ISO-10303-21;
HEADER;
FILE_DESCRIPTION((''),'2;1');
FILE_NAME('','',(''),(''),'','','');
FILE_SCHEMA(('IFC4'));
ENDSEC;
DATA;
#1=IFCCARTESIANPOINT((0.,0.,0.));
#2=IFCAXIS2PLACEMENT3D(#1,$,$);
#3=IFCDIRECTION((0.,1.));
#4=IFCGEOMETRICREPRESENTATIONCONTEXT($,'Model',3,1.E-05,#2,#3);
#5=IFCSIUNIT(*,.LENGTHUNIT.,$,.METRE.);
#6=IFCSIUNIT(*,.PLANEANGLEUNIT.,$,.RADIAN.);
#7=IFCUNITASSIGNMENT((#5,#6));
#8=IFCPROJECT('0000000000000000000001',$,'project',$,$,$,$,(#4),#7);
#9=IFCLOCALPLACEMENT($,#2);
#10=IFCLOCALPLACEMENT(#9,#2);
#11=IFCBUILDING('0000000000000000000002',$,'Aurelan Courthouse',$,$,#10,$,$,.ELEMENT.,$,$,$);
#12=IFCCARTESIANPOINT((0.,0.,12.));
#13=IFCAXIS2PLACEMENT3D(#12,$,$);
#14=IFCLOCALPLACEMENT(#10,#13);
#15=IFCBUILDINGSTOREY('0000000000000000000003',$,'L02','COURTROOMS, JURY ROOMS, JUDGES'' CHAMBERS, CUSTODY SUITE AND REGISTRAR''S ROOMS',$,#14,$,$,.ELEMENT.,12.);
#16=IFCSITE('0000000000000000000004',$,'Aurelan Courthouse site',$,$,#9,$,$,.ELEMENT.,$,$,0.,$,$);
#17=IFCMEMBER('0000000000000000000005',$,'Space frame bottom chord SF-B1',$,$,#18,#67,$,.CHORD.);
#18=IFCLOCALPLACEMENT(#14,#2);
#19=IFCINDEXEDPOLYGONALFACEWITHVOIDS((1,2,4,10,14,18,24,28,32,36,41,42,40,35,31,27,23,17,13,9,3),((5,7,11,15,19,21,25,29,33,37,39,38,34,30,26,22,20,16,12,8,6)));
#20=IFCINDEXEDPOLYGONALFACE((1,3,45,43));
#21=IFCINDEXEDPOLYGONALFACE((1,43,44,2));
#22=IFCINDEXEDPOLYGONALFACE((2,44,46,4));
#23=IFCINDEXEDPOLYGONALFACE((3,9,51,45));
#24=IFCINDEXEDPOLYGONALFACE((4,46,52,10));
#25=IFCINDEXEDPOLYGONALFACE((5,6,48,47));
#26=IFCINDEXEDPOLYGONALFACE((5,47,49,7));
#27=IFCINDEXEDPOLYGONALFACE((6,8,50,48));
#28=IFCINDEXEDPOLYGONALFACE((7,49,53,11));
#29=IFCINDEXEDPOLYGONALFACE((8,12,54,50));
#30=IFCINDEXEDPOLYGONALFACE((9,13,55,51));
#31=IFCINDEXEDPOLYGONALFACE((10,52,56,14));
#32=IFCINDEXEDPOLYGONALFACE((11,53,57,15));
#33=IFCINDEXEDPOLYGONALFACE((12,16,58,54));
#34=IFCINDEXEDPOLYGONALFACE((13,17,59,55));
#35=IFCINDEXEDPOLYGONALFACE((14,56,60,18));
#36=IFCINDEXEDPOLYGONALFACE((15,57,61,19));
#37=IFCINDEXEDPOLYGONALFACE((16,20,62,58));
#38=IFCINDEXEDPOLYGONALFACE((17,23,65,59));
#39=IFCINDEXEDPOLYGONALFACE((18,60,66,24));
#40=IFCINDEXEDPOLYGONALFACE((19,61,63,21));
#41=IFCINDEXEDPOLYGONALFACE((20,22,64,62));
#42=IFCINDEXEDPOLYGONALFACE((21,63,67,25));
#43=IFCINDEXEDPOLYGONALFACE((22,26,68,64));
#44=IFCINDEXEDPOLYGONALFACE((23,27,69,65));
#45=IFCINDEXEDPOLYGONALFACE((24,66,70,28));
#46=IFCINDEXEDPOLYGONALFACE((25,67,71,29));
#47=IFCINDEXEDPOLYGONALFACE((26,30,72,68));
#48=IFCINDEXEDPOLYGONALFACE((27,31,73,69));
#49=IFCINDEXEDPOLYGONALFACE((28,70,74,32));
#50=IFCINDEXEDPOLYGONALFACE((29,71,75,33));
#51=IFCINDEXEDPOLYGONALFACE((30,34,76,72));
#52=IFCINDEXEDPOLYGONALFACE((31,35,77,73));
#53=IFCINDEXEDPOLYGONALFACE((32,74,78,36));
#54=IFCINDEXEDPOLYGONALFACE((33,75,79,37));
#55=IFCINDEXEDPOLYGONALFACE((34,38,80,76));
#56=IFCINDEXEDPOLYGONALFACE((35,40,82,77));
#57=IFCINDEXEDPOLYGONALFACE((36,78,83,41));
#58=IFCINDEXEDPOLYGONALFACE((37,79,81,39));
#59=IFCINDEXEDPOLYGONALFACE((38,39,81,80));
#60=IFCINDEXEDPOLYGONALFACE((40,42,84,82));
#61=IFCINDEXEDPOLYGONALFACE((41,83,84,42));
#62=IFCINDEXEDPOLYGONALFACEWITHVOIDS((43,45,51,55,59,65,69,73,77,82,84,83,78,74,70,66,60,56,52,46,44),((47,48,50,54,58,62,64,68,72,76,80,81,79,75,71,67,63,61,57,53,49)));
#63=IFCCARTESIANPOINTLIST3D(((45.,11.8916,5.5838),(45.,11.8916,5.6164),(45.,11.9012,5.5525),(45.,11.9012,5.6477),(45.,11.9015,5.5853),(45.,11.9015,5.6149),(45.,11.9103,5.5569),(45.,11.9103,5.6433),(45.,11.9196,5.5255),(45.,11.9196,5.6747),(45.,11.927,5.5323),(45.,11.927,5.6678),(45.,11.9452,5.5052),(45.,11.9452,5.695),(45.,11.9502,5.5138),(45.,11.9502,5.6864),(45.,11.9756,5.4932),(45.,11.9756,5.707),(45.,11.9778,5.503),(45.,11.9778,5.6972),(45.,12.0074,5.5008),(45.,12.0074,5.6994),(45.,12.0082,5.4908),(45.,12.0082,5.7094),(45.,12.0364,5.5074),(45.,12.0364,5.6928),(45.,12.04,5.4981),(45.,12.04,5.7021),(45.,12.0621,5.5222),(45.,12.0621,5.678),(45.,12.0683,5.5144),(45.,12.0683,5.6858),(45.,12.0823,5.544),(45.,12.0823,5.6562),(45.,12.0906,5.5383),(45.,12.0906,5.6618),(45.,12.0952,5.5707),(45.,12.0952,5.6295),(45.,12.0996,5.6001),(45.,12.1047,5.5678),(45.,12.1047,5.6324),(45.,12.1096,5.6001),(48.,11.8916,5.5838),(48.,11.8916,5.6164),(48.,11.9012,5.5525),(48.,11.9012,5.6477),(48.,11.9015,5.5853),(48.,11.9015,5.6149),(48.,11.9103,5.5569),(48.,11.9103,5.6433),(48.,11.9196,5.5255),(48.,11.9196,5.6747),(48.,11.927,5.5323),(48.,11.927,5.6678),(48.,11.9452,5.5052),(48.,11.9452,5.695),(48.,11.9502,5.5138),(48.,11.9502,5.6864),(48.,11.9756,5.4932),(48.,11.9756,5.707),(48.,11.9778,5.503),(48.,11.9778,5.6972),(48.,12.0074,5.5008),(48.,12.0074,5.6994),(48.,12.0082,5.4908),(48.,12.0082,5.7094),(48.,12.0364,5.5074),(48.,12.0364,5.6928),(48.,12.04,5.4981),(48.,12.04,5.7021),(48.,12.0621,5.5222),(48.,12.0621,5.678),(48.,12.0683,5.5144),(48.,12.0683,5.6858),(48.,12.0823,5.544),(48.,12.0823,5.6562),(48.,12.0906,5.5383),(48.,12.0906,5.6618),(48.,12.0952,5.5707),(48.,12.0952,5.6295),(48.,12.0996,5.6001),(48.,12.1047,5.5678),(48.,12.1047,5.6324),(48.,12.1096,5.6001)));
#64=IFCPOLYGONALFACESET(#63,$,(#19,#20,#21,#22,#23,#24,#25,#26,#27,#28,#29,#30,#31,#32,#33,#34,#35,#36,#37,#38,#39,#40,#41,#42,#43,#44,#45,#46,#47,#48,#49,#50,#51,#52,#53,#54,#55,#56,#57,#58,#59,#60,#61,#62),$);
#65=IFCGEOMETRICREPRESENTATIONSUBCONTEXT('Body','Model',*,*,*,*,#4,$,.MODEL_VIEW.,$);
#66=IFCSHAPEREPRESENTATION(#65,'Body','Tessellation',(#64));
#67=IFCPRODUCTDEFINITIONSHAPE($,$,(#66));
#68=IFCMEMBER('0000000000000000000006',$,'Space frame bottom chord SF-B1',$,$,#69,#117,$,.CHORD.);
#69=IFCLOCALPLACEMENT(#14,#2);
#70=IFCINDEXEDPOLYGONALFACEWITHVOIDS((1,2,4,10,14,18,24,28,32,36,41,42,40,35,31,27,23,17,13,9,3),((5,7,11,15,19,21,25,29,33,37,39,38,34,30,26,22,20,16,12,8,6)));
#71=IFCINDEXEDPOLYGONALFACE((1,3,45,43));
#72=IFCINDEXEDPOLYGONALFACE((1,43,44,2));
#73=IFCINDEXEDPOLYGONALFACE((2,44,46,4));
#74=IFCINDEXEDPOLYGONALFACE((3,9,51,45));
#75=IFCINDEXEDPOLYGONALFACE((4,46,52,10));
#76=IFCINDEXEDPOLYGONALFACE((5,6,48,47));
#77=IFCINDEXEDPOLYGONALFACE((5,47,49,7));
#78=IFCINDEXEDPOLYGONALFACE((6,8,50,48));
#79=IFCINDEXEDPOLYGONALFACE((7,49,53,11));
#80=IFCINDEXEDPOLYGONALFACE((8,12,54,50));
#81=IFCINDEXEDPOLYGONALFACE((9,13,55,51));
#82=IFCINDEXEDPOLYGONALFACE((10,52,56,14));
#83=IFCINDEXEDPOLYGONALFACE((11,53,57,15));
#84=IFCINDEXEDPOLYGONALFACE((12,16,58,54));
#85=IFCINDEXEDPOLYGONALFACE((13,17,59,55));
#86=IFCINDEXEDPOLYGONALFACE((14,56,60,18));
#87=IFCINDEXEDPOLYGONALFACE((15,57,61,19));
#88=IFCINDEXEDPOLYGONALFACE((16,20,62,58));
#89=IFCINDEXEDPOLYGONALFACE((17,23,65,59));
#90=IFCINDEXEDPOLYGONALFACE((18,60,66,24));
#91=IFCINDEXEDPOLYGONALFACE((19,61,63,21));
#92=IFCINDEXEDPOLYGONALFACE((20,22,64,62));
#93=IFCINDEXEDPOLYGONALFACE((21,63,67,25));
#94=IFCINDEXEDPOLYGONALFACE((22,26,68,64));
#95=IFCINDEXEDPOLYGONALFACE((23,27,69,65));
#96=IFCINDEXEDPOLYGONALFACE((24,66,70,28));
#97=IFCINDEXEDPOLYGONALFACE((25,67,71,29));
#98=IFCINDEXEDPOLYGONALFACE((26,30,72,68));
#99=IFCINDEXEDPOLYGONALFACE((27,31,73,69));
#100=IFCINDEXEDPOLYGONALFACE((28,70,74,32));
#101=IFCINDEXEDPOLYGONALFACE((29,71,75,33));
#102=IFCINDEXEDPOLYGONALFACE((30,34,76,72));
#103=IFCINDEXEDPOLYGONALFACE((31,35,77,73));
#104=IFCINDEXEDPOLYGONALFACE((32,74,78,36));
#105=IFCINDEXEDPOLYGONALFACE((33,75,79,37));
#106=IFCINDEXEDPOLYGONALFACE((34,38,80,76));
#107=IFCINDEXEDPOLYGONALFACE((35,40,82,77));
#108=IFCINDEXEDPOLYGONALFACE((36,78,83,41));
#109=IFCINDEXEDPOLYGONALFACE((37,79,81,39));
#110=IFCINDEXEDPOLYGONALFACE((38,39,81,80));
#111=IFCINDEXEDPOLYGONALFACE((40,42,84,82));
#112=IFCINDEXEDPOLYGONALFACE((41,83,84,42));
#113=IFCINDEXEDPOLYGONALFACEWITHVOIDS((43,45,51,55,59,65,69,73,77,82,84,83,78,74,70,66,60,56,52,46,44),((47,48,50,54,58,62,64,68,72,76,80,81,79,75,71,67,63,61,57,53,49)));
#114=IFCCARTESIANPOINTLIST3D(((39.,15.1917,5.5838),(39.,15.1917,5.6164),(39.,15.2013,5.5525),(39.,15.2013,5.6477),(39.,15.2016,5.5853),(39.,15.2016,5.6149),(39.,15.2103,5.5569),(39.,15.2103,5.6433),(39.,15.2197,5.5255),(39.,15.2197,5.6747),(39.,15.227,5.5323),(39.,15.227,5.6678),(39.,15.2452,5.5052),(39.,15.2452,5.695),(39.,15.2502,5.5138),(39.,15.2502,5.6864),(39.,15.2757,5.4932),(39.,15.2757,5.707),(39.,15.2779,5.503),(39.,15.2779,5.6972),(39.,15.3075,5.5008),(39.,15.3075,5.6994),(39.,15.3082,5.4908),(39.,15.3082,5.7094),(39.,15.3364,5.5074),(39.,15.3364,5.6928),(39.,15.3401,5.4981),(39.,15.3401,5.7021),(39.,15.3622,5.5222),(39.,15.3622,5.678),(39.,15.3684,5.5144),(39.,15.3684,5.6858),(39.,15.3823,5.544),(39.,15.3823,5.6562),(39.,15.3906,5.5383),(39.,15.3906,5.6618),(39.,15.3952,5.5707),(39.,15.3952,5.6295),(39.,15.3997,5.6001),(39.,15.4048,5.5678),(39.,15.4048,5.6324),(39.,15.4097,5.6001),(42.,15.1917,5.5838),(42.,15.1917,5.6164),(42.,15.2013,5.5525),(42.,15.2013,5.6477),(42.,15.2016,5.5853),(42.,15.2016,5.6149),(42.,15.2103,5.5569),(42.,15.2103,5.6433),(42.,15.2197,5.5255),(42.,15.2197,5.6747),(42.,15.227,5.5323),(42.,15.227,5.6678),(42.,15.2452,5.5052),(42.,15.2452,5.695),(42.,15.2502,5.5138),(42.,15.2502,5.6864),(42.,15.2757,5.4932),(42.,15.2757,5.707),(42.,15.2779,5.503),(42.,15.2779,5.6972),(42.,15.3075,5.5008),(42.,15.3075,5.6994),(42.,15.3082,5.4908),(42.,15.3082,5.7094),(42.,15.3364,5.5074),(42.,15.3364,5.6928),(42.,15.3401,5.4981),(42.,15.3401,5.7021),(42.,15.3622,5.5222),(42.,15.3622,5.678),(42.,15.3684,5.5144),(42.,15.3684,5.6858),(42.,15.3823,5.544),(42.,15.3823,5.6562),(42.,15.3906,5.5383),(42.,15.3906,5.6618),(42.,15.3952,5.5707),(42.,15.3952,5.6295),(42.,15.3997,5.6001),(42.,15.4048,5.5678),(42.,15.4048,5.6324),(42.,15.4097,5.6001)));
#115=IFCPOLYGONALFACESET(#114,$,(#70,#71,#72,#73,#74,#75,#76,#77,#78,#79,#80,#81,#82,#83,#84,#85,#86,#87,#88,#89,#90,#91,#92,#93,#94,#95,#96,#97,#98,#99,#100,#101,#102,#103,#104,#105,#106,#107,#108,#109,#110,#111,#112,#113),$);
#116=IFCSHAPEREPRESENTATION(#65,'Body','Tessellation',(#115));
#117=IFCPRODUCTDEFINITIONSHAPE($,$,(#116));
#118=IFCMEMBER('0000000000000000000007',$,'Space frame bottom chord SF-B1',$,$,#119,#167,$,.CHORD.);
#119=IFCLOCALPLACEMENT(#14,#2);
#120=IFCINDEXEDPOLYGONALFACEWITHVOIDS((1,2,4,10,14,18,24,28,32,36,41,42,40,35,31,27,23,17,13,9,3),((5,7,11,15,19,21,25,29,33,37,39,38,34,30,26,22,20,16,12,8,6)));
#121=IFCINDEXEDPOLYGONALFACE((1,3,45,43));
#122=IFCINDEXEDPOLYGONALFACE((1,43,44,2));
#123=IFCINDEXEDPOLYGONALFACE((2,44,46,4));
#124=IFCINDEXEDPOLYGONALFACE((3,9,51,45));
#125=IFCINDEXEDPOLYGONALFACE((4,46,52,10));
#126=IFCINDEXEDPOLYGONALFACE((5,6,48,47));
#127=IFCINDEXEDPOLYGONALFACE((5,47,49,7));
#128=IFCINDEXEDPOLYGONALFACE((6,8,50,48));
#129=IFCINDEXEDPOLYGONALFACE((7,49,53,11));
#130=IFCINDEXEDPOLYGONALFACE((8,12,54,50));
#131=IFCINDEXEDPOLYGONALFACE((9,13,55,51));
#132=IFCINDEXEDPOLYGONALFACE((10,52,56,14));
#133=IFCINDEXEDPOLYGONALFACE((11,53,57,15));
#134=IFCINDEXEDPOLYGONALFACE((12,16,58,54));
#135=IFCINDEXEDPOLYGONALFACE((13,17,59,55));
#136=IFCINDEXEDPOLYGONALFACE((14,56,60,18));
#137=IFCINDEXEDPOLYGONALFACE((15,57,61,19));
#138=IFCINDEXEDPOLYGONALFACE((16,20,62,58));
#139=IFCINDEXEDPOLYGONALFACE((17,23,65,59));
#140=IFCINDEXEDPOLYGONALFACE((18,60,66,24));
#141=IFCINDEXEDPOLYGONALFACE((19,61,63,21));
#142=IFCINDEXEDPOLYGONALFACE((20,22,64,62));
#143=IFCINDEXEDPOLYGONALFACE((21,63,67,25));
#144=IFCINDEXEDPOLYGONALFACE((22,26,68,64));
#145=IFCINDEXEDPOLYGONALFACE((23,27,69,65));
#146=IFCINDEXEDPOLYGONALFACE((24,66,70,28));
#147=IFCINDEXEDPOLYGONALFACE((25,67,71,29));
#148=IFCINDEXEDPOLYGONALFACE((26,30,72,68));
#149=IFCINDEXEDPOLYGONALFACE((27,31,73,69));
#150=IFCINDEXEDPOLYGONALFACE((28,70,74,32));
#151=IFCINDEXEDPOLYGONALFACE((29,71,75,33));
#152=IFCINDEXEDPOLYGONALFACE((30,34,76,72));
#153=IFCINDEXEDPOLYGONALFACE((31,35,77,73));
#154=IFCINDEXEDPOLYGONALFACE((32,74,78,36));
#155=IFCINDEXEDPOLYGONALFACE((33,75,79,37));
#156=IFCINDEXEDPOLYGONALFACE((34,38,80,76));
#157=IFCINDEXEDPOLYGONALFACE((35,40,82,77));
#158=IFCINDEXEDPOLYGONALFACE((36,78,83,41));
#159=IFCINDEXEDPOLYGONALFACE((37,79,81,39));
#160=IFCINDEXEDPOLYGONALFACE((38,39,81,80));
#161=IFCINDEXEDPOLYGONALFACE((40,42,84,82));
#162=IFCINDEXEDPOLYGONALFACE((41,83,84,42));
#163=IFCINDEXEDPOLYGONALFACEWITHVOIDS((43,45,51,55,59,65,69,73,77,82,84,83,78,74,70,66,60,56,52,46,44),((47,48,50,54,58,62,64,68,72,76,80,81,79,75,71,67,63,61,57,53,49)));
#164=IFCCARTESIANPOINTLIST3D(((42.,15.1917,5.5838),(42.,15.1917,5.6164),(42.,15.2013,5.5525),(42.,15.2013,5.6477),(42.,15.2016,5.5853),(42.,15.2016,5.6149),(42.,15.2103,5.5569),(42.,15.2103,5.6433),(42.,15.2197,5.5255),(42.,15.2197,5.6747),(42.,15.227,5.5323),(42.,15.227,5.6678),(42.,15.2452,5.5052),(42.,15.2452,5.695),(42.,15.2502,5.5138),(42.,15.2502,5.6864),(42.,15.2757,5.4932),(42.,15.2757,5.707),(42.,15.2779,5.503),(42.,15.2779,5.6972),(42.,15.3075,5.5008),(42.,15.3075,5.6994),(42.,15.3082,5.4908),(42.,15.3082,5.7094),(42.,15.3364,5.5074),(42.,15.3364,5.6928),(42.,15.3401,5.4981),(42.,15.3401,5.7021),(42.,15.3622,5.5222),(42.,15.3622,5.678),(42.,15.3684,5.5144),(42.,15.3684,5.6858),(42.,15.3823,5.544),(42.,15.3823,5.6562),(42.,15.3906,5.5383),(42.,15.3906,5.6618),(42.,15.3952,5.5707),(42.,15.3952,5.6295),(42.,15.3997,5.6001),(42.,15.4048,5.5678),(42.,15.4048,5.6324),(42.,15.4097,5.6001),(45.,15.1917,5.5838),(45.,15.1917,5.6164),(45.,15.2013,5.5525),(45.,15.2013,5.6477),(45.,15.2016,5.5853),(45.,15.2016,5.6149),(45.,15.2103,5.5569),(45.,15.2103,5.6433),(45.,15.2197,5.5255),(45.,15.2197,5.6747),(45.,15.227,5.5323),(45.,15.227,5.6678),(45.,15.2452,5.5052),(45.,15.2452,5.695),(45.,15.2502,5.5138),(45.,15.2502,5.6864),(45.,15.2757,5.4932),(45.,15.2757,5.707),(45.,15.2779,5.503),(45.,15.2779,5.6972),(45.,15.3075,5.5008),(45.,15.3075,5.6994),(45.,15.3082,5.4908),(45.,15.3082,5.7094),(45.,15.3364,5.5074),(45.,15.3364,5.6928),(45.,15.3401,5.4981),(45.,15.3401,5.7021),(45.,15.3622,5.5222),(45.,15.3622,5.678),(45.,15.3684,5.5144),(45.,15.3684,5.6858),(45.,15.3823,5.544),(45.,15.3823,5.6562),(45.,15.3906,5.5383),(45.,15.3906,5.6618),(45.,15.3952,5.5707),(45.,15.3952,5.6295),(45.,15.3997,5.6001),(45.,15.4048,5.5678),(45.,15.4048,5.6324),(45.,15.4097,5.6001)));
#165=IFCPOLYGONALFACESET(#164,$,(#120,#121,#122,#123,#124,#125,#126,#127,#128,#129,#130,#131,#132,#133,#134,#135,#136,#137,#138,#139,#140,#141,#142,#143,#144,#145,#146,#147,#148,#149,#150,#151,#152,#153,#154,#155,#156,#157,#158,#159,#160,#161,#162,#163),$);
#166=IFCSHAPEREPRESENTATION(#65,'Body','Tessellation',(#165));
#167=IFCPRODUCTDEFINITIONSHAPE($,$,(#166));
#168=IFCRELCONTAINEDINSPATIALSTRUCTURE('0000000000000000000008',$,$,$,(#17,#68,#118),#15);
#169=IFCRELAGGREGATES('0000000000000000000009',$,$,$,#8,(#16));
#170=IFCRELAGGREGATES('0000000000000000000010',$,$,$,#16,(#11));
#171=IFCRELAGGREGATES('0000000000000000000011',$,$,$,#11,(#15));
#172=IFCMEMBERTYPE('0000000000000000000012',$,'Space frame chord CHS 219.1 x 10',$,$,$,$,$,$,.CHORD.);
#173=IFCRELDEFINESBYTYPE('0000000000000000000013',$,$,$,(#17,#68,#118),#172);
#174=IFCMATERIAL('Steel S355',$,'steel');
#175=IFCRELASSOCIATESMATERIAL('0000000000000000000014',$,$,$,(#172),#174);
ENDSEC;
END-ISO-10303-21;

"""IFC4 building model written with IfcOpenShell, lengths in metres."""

from ifc_helpers import new_model, si_unit, direction, frame, origin, origin_2d, place, context, subcontext, project, spatial, hollow_circle, extrude, material, material_profile, profile_set, type_object, element, save


model = new_model("IFC4")

# Units and contexts
model_context = context("Model", 3, precision=1e-05, world=origin(), true_north=direction((0.0, 1.0)))
body_context = subcontext(model_context, "Body", "Model", "MODEL_VIEW")
ifc_project = project(units=[si_unit("LENGTHUNIT", "METRE"), si_unit("PLANEANGLEUNIT", "RADIAN")], contexts=[model_context])

# Site, building, storey
site_placement = place(None, origin())
site = spatial("IfcSite", under=ifc_project, at=site_placement, Name="Aurelan Courthouse site", CompositionType="ELEMENT", RefElevation=0.0)
building_placement = place(site_placement, origin())
building = spatial("IfcBuilding", under=site, at=building_placement, Name="Aurelan Courthouse", CompositionType="ELEMENT")
storey_placement = place(building_placement, frame((0.0, 0.0, 12.0)))
storey = spatial("IfcBuildingStorey", under=building, at=storey_placement, Name="L02", Description="COURTROOMS, JURY ROOMS, JUDGES' CHAMBERS, CUSTODY SUITE AND REGISTRAR'S ROOMS", CompositionType="ELEMENT", Elevation=12.0)

# Shared definitions
ifc_material_1 = material(Name="Steel S355", Category="steel")

# Members
ifc_material_profile_1 = material_profile(ifc_material_1, hollow_circle(Radius=0.1096, WallThickness=0.01, at=origin_2d()), Name="CHS 219.1 x 10")
ifc_profile_set_1 = profile_set([ifc_material_profile_1], Name="Steel S355")
member_type_1 = type_object("IfcMemberType", Name="Space frame chord CHS 219.1 x 10", PredefinedType="CHORD", material=ifc_profile_set_1)
for number, where, z_axis, x_axis, name in (
    (1, (45.0, 12.0, 5.6001), (1.0, 0.0, 0.0), (0.0, 1.0, 0.0), "Space frame bottom chord SF-B1"),
    (2, (39.0, 15.3, 5.6001), (1.0, 0.0, 0.0), (0.0, 1.0, 0.0), "Space frame bottom chord SF-B1"),
    (3, (42.0, 15.3, 5.6001), (1.0, 0.0, 0.0), (0.0, 1.0, 0.0), "Space frame bottom chord SF-B1"),
):
    element("IfcMember", number, at=place(storey_placement, frame(where, z_axis=z_axis, x_axis=x_axis)), inside=storey, type_object=member_type_1, Name=name, PredefinedType="CHORD", context=body_context, shape_type="SweptSolid", body=[
        extrude(hollow_circle(Radius=0.1096, WallThickness=0.01, at=origin_2d()), origin(), (0.0, 0.0, 1.0), 3.0),
    ])

save(model, "model.ifc")
